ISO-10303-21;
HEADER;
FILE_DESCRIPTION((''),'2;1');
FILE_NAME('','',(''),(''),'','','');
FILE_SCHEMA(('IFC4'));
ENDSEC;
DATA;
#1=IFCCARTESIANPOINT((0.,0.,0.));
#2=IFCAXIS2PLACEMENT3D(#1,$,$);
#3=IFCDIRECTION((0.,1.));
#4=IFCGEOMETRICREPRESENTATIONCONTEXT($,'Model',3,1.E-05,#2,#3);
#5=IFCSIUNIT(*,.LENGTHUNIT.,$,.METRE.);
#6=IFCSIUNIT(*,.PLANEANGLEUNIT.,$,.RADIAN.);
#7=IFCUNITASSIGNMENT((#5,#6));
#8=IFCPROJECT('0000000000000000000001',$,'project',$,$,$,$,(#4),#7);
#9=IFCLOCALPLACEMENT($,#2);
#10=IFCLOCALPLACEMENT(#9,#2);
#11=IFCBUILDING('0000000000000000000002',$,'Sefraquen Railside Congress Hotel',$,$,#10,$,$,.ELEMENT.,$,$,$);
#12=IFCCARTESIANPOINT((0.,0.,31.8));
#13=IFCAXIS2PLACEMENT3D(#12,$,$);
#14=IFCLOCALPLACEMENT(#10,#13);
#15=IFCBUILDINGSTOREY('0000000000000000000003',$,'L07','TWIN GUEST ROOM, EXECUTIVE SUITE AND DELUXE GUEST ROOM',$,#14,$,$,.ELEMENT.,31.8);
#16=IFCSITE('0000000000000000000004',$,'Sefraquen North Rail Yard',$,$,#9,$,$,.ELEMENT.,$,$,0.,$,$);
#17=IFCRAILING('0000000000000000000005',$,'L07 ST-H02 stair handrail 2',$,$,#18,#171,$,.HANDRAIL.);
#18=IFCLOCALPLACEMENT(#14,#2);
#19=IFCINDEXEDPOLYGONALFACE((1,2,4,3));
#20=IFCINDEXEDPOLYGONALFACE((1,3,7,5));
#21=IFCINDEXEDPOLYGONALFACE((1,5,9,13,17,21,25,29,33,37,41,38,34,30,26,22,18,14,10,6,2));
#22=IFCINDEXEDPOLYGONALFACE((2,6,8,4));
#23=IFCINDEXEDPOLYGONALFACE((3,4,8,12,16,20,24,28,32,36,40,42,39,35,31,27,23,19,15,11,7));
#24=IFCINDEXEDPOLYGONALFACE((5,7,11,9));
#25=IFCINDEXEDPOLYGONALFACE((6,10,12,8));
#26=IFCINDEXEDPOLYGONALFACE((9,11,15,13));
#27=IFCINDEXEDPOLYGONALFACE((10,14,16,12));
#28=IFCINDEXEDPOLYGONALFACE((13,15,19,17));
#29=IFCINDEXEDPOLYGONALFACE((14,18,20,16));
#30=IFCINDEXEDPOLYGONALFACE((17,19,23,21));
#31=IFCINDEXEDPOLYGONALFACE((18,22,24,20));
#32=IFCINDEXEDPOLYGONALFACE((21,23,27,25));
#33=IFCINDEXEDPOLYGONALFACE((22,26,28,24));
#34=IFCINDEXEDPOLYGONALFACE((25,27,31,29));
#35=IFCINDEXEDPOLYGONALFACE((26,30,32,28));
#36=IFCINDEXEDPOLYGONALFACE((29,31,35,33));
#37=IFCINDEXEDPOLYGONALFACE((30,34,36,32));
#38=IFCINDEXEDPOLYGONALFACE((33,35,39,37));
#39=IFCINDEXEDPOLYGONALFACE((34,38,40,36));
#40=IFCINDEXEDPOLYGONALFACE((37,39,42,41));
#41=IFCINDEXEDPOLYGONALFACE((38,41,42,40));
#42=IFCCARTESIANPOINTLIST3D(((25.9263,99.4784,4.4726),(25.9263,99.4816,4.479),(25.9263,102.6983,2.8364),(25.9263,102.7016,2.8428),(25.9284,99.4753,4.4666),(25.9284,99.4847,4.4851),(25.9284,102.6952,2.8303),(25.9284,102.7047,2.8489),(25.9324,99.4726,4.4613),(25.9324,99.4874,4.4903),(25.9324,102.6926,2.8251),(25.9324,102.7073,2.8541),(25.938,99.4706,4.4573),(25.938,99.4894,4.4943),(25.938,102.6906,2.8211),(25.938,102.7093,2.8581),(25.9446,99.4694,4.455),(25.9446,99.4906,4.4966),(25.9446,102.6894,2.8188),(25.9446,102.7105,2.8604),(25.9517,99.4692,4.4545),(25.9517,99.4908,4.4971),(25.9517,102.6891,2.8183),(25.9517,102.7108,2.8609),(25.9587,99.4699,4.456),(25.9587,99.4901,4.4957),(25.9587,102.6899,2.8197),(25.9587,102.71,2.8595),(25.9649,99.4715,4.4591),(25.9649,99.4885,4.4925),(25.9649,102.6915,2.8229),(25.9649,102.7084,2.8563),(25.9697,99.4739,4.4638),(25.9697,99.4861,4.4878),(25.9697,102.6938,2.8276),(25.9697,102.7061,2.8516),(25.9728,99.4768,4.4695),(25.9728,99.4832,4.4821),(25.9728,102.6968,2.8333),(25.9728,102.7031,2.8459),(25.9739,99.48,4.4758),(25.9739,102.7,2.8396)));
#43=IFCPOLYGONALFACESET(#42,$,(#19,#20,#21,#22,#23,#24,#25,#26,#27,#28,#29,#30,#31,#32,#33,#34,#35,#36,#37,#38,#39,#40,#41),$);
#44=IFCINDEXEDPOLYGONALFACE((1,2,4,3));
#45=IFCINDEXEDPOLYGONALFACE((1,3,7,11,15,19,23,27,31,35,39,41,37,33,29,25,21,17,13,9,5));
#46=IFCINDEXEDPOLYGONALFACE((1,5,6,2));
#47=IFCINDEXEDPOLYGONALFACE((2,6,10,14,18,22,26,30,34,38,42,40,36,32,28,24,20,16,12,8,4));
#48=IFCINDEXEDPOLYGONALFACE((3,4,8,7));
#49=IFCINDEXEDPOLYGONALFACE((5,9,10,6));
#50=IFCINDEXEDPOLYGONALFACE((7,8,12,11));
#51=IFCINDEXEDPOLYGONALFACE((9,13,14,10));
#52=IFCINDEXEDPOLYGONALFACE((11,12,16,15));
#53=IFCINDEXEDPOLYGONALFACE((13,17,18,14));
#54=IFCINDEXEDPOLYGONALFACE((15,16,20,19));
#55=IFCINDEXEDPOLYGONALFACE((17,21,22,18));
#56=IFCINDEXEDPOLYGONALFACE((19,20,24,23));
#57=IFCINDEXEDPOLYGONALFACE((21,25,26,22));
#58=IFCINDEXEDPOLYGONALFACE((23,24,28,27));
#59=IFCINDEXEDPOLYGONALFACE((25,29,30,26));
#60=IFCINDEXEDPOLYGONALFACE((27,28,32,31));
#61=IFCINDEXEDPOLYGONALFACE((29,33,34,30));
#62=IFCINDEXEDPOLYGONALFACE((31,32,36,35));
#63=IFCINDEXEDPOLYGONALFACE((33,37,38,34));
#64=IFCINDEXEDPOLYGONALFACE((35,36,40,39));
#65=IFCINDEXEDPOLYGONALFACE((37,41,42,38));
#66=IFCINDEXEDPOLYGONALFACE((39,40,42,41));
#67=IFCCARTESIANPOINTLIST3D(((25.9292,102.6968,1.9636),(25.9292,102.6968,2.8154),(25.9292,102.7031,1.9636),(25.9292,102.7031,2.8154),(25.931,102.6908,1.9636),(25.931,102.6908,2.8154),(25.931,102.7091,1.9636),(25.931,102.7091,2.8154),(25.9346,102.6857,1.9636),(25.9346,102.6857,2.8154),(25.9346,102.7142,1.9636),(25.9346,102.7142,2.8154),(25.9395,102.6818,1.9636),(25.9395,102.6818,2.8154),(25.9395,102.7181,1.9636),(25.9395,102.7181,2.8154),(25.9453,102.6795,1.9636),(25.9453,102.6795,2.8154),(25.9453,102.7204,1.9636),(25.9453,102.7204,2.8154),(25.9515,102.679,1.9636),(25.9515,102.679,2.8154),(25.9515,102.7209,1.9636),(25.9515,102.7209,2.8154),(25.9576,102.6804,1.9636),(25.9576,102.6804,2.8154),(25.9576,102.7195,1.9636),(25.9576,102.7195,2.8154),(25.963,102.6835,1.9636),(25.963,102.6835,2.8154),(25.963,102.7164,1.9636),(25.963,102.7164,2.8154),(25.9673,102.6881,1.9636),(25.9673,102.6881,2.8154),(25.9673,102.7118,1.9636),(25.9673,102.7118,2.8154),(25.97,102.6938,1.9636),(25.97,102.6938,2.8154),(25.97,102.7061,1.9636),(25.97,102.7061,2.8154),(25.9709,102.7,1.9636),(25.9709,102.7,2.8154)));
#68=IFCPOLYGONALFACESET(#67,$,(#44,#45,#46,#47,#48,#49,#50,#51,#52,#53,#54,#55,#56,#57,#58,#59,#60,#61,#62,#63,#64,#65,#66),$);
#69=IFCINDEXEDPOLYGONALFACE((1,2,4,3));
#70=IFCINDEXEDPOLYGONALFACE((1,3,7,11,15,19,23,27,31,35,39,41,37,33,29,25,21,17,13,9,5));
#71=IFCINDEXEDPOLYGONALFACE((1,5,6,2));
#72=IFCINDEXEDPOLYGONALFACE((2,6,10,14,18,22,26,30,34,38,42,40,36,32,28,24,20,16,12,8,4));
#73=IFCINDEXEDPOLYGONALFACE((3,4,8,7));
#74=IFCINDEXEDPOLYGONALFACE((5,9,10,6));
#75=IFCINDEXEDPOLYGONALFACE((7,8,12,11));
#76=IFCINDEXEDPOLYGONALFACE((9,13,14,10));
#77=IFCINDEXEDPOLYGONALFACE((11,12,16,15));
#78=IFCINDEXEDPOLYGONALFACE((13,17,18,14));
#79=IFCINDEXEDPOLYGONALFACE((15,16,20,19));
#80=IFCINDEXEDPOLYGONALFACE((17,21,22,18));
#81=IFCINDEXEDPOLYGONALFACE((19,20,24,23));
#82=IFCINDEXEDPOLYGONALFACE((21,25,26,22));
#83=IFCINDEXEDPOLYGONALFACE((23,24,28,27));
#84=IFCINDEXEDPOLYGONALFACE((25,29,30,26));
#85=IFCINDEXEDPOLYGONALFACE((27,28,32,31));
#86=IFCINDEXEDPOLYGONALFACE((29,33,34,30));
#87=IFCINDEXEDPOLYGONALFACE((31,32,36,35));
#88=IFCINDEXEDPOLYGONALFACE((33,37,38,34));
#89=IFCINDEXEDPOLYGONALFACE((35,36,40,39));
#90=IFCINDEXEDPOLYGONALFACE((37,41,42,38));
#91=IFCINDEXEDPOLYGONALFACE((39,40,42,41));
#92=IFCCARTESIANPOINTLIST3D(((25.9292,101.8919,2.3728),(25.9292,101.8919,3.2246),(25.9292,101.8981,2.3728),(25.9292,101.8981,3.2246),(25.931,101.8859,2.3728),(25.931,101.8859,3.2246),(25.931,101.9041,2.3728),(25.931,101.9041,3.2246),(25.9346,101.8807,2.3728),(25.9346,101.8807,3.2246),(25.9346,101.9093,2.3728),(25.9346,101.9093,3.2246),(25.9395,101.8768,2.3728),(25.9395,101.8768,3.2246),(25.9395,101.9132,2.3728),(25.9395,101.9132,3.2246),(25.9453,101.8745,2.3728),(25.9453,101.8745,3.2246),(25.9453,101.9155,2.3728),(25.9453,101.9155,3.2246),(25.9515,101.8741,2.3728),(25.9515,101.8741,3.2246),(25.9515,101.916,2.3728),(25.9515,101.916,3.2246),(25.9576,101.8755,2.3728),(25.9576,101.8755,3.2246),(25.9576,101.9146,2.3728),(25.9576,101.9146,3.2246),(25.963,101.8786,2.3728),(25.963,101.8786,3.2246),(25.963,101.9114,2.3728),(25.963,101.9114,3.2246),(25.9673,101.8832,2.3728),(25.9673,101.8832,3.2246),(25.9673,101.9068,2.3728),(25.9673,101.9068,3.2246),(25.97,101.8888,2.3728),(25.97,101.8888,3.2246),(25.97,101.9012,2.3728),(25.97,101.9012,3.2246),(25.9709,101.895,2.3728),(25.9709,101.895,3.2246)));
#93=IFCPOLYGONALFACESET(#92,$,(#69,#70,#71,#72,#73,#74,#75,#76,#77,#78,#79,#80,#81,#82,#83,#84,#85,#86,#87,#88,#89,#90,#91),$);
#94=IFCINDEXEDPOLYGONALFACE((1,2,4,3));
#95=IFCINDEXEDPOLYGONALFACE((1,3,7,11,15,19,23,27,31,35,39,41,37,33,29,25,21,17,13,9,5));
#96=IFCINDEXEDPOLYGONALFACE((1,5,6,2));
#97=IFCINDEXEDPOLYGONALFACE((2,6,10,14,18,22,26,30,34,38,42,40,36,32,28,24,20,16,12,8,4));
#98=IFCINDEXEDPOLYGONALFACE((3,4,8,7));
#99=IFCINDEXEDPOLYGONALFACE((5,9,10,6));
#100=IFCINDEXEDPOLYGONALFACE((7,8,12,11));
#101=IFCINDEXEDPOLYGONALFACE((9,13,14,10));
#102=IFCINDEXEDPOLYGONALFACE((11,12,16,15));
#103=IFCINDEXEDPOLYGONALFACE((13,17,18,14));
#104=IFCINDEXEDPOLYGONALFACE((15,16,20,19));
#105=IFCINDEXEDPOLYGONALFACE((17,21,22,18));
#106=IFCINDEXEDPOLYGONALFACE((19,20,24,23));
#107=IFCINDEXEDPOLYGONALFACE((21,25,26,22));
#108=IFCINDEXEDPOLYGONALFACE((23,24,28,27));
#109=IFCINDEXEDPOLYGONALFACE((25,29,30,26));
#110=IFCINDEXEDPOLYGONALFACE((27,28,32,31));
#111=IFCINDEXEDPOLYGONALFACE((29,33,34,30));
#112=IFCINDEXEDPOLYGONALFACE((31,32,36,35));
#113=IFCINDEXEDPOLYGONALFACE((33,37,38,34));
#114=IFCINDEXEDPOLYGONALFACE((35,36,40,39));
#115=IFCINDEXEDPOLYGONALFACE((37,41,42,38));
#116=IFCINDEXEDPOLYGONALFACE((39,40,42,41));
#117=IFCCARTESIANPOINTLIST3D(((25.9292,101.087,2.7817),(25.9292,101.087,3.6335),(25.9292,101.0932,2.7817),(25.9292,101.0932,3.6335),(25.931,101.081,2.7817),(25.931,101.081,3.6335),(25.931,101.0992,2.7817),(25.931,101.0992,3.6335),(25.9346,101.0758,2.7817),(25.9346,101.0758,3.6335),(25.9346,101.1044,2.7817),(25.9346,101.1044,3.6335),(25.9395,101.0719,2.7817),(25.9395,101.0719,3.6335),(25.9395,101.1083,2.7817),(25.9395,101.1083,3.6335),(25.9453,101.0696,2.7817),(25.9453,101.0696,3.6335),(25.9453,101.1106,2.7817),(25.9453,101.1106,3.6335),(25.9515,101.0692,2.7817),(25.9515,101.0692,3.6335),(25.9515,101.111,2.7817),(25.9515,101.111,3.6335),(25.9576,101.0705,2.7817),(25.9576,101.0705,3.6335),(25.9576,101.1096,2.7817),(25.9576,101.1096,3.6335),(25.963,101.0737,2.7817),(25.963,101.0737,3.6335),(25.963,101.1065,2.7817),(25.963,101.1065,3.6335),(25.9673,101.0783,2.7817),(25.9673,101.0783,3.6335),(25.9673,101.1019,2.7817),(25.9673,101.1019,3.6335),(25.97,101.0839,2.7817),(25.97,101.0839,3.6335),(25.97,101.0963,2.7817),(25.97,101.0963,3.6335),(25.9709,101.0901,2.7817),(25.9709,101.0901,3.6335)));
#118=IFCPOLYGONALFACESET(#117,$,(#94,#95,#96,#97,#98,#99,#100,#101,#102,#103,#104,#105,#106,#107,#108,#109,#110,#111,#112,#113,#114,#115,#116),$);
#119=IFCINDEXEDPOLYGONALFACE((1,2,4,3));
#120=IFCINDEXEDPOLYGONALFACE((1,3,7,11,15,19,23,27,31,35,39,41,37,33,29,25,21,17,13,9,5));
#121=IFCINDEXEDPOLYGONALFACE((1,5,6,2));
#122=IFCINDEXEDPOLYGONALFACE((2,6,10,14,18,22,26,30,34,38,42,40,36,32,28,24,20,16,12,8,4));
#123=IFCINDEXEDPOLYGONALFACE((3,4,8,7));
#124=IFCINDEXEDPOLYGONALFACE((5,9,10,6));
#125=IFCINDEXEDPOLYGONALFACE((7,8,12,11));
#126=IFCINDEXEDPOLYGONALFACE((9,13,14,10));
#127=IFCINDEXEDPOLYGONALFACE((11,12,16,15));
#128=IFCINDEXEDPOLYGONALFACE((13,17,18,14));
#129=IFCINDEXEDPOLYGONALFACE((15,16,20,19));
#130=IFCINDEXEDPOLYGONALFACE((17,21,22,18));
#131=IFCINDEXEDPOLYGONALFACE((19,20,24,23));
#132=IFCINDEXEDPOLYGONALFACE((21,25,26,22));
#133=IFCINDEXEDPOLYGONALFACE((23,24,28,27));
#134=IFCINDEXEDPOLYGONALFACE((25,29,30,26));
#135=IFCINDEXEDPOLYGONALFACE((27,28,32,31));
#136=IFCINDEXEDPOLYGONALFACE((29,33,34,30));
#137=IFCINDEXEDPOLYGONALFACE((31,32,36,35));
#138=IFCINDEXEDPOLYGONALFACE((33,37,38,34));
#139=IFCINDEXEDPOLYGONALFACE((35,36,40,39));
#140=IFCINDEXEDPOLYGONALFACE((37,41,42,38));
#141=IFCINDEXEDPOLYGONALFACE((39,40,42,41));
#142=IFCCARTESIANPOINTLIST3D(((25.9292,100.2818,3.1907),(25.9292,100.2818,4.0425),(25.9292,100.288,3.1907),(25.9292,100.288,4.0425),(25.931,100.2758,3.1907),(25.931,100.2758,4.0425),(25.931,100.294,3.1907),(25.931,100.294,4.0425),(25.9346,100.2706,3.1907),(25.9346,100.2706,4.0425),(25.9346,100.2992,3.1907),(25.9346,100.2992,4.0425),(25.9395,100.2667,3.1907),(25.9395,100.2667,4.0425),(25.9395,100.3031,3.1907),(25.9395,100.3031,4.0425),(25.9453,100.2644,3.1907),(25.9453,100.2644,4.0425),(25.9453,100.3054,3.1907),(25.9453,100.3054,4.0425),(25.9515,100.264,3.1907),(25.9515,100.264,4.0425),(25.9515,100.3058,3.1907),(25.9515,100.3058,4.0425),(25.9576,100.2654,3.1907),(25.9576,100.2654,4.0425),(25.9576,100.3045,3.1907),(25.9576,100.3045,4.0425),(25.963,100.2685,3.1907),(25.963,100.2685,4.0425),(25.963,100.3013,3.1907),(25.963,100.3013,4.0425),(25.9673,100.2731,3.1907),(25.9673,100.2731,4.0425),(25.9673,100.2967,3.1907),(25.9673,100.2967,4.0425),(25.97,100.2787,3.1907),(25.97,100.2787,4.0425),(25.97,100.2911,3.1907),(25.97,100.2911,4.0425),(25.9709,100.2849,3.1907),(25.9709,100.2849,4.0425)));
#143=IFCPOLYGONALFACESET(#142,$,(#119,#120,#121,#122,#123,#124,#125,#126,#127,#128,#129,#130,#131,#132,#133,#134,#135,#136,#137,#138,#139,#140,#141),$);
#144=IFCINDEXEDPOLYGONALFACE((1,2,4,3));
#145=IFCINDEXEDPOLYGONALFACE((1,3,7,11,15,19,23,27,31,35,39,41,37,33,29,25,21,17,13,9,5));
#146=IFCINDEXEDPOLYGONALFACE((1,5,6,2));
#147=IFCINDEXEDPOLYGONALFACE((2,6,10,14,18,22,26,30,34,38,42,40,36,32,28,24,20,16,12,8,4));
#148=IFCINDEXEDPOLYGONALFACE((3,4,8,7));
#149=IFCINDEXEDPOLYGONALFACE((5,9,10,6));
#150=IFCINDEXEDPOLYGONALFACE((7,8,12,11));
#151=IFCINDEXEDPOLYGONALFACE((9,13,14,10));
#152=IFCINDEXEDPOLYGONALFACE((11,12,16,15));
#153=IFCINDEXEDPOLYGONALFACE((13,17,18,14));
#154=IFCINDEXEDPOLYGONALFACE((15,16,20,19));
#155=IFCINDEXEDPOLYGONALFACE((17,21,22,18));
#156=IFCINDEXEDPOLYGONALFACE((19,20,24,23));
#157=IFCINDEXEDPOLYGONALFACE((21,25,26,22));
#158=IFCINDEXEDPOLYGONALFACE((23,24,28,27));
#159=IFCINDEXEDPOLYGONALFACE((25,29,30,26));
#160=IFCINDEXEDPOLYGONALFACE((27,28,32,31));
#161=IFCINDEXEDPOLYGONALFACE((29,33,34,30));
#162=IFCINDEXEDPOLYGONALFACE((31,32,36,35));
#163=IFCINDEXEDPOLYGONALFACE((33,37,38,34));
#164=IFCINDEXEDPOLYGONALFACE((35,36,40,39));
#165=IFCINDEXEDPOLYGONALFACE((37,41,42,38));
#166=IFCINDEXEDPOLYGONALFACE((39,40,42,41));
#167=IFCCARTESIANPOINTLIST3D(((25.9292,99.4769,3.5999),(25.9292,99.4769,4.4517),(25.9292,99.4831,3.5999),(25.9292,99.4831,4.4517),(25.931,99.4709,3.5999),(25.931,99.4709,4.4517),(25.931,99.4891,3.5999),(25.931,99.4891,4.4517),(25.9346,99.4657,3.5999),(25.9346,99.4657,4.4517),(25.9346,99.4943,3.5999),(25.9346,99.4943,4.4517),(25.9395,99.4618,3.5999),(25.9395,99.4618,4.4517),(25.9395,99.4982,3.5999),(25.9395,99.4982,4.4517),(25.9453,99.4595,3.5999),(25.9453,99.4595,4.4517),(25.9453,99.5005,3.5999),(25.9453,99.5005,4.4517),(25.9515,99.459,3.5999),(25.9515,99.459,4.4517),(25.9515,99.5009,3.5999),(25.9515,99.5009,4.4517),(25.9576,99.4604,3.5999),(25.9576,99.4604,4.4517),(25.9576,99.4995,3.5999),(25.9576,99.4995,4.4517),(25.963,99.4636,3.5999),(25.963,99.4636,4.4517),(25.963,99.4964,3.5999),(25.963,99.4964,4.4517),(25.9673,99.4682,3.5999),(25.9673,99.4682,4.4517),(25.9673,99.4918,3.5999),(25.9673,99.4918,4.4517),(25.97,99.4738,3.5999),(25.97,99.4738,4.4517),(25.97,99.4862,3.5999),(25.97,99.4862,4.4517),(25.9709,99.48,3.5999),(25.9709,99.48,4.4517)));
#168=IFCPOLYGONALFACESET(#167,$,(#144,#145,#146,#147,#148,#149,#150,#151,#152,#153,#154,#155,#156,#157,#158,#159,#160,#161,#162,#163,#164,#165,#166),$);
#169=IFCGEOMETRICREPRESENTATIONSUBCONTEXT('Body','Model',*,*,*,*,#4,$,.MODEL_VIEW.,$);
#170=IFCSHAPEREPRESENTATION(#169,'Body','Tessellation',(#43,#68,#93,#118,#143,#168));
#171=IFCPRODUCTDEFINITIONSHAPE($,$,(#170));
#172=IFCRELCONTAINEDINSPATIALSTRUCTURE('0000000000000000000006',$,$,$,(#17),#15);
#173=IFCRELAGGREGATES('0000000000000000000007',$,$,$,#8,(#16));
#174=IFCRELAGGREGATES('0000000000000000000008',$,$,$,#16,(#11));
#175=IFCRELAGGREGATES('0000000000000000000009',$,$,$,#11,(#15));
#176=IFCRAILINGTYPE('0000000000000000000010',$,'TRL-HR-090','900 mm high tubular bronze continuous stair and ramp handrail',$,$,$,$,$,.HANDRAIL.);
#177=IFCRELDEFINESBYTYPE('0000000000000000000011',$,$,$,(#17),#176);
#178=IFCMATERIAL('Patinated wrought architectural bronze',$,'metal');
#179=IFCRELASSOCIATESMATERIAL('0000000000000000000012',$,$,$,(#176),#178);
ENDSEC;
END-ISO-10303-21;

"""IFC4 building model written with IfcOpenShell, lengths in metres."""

from ifc_helpers import new_model, si_unit, direction, frame, origin, origin_2d, place, context, subcontext, project, spatial, circle, extrude, material, type_object, element, save


model = new_model("IFC4")

# Units and contexts
model_context = context("Model", 3, precision=1e-05, world=origin(), true_north=direction((0.0, 1.0)))
body_context = subcontext(model_context, "Body", "Model", "MODEL_VIEW")
ifc_project = project(units=[si_unit("LENGTHUNIT", "METRE"), si_unit("PLANEANGLEUNIT", "RADIAN")], contexts=[model_context])

# Site, building, storey
site_placement = place(None, origin())
site = spatial("IfcSite", under=ifc_project, at=site_placement, Name="Sefraquen North Rail Yard", CompositionType="ELEMENT", RefElevation=0.0)
building_placement = place(site_placement, origin())
building = spatial("IfcBuilding", under=site, at=building_placement, Name="Sefraquen Railside Congress Hotel", CompositionType="ELEMENT")
storey_placement = place(building_placement, frame((0.0, 0.0, 31.8)))
storey = spatial("IfcBuildingStorey", under=building, at=storey_placement, Name="L07", Description="TWIN GUEST ROOM, EXECUTIVE SUITE AND DELUXE GUEST ROOM", CompositionType="ELEMENT", Elevation=31.8)

# Railing
ifc_material_1 = material(Name="Patinated wrought architectural bronze", Category="metal")
railing_type_1 = type_object("IfcRailingType", Name="TRL-HR-090", Description="900 mm high tubular bronze continuous stair and ramp handrail", PredefinedType="HANDRAIL", material=ifc_material_1)
railing_1_placement = place(storey_placement, frame((25.95, 102.7, 1.9636)))
element("IfcRailing", 1, at=railing_1_placement, inside=storey, type_object=railing_type_1, Name="L07 ST-H02 stair handrail 2", PredefinedType="HANDRAIL", context=body_context, shape_type="SweptSolid", body=[
    extrude(circle(Radius=0.0239, at=origin_2d()), frame((0.0, 0.0, 0.876), z_axis=(0.0, -0.891502, 0.453017), x_axis=(1.0, 0.0, 0.0)), (0.0, 0.0, 1.0), 3.6118),
    extrude(circle(Radius=0.021, at=origin_2d()), origin(), (0.0, 0.0, 1.0), 0.8518),
    extrude(circle(Radius=0.021, at=origin_2d()), frame((0.0, -0.8049, 0.4092)), (0.0, 0.0, 1.0), 0.8518),
    extrude(circle(Radius=0.021, at=origin_2d()), frame((0.0, -1.6099, 0.8181)), (0.0, 0.0, 1.0), 0.8518),
    extrude(circle(Radius=0.021, at=origin_2d()), frame((0.0, -2.415, 1.2271)), (0.0, 0.0, 1.0), 0.8518),
    extrude(circle(Radius=0.021, at=origin_2d()), frame((0.0, -3.22, 1.6362)), (0.0, 0.0, 1.0), 0.8518),
])

save(model, "model.ifc")
